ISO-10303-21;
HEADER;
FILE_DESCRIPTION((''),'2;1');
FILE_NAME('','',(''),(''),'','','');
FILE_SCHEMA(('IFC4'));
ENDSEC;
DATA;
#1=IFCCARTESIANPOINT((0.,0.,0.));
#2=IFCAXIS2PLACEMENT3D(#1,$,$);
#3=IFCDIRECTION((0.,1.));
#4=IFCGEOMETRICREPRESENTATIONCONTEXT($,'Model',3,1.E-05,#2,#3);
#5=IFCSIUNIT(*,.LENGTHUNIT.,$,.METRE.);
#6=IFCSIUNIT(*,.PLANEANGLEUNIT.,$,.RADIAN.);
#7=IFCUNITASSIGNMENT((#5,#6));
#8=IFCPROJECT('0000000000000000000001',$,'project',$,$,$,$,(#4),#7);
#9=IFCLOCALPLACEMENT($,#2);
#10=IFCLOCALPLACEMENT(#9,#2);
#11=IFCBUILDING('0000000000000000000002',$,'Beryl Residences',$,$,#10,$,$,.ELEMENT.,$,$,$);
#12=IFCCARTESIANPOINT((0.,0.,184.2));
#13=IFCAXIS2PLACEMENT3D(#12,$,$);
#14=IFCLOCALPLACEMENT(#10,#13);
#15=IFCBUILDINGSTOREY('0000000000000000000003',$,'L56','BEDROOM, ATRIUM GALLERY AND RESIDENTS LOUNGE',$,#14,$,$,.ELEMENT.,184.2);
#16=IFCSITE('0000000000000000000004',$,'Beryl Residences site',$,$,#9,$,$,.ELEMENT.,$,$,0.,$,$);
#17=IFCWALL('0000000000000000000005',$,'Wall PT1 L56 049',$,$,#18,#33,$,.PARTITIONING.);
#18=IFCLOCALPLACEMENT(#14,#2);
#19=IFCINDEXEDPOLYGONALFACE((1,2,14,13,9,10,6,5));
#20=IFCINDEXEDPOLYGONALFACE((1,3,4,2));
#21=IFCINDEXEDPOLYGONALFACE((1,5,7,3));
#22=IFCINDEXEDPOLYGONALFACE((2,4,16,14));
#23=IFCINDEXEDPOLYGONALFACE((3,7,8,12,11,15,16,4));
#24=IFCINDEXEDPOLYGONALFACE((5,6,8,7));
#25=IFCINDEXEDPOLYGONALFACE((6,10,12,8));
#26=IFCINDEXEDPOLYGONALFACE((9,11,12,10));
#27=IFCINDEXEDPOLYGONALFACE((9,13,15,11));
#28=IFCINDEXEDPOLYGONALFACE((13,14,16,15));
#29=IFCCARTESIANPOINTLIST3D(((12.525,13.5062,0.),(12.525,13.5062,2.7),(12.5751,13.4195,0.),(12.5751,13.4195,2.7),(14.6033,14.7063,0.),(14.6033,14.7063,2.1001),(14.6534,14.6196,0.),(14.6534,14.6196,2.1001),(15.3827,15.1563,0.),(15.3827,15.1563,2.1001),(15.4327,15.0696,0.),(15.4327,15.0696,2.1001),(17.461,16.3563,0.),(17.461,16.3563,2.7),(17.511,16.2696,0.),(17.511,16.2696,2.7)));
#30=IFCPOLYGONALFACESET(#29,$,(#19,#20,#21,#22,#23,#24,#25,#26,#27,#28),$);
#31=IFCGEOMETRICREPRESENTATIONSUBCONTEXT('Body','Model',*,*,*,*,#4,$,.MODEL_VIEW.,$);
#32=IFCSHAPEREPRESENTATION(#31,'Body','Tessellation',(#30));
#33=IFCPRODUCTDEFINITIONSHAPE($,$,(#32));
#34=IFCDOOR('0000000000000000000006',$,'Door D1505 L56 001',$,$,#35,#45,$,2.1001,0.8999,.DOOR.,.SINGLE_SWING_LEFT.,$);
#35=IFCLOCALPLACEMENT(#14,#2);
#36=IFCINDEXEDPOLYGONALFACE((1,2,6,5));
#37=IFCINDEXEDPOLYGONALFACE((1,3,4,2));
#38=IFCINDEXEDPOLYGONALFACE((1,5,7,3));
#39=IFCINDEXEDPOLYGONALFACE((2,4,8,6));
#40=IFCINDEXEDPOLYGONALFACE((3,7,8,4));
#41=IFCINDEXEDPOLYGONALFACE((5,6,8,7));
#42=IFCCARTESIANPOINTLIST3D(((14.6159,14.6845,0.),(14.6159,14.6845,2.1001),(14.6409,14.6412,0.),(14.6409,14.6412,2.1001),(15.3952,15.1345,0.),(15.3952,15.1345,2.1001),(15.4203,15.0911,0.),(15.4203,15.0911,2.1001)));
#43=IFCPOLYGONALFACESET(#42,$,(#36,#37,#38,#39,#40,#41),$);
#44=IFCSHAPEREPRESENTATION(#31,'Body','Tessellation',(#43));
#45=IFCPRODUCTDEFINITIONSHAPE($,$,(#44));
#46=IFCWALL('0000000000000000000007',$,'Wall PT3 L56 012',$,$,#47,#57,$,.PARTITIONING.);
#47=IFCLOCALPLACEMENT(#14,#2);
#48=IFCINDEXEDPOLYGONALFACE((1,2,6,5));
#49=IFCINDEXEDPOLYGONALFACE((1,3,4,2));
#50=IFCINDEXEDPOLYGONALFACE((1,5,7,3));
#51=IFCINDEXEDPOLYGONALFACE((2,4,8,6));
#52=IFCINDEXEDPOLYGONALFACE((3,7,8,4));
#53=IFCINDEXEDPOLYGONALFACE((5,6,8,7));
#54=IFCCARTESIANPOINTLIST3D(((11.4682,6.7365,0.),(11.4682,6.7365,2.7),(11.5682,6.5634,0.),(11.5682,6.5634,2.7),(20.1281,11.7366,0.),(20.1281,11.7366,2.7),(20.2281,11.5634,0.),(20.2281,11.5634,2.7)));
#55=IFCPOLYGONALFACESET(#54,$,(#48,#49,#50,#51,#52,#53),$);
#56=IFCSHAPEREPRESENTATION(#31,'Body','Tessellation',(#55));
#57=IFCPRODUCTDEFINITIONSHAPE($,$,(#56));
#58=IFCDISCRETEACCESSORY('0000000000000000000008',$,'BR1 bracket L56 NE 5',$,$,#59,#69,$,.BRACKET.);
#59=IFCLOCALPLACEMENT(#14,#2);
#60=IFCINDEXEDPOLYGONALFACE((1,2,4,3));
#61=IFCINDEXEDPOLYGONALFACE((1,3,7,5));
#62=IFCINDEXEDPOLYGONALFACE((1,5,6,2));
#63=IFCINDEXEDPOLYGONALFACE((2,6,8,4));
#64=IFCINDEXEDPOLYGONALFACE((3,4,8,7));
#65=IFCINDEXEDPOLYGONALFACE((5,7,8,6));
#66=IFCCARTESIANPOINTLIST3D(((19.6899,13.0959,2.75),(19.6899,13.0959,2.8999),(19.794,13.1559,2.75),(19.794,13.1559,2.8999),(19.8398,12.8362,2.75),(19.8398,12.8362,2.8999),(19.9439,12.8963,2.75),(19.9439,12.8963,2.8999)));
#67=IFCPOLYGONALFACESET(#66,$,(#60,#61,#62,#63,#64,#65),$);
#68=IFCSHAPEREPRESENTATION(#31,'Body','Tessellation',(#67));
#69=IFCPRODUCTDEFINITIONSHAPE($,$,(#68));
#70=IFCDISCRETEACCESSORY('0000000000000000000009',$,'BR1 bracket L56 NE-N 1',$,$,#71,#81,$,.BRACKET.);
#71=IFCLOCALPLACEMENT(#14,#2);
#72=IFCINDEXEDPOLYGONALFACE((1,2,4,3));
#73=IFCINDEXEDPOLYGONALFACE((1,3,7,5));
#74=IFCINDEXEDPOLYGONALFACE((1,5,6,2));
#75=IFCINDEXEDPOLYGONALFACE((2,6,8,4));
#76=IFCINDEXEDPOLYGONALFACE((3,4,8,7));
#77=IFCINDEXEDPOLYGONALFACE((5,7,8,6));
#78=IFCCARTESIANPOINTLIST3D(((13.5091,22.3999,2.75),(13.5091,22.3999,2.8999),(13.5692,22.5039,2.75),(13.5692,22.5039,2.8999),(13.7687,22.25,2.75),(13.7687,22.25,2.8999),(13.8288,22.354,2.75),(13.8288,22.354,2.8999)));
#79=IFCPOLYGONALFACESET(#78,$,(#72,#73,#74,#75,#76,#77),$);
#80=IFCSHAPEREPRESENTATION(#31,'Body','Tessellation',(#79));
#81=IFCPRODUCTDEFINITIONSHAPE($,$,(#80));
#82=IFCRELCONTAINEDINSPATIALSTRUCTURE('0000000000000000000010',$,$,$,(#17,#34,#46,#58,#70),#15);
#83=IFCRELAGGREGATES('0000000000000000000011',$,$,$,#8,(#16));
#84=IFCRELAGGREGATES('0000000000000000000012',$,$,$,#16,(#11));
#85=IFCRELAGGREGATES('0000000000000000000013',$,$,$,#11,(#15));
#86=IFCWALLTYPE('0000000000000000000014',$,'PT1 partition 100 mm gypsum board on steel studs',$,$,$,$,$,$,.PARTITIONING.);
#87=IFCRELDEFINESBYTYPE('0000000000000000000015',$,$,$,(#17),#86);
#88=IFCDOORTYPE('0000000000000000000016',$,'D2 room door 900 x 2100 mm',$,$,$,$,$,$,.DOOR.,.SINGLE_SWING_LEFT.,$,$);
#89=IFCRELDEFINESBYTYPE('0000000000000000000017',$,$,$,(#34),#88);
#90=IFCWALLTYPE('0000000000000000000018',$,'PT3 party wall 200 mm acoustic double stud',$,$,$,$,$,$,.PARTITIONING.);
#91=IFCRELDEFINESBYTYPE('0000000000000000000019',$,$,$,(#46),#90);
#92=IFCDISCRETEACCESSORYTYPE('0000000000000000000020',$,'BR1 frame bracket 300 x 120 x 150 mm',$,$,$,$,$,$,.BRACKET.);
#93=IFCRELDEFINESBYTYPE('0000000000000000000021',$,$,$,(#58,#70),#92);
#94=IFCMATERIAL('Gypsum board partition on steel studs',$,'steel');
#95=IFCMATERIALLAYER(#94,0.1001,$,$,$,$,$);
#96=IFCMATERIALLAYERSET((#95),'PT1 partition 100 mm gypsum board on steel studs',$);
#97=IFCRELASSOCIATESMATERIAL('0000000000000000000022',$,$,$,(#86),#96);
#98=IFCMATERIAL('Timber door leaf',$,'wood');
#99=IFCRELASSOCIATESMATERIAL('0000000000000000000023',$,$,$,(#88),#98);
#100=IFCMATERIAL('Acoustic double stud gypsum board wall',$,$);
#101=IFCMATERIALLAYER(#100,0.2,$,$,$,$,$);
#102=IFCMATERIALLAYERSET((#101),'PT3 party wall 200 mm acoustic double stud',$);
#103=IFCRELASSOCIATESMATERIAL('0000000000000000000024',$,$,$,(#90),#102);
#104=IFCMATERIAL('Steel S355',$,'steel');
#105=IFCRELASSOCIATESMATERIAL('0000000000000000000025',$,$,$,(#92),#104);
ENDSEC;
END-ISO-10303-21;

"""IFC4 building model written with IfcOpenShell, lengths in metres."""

from ifc_helpers import new_model, si_unit, direction, frame, frame_2d, origin, place, context, subcontext, project, spatial, polyline, rectangle, outline, extrude, source, transform, mapped, material, layer, layer_set, type_object, type_shapes, element, fill, save


model = new_model("IFC4")

# Units and contexts
model_context = context("Model", 3, precision=1e-05, world=origin(), true_north=direction((0.0, 1.0)))
body_context = subcontext(model_context, "Body", "Model", "MODEL_VIEW")
ifc_project = project(units=[si_unit("LENGTHUNIT", "METRE"), si_unit("PLANEANGLEUNIT", "RADIAN")], contexts=[model_context])

# Site, building, storey
site_placement = place(None, origin())
site = spatial("IfcSite", under=ifc_project, at=site_placement, Name="Beryl Residences site", CompositionType="ELEMENT", RefElevation=0.0)
building_placement = place(site_placement, origin())
building = spatial("IfcBuilding", under=site, at=building_placement, Name="Beryl Residences", CompositionType="ELEMENT")
storey_placement = place(building_placement, frame((0.0, 0.0, 184.2)))
storey = spatial("IfcBuildingStorey", under=building, at=storey_placement, Name="L56", Description="BEDROOM, ATRIUM GALLERY AND RESIDENTS LOUNGE", CompositionType="ELEMENT", Elevation=184.2)

# Shared definitions
ifc_material_1 = material(Name="Gypsum board partition on steel studs", Category="steel")
ifc_layer_1 = layer(ifc_material_1, 0.1001)
ifc_layer_set_1 = layer_set([ifc_layer_1], Name="PT1 partition 100 mm gypsum board on steel studs")
wall_type_1 = type_object("IfcWallType", Name="PT1 partition 100 mm gypsum board on steel studs", PredefinedType="PARTITIONING", material=ifc_layer_set_1)

# Wall, opening, door
wall_1_placement = place(storey_placement, frame((12.55, 13.4629, 0.0), z_axis=(0.0, 0.0, 1.0), x_axis=(0.866004, 0.500036, 0.0)))
wall_1 = element("IfcWall", 1, at=wall_1_placement, inside=storey, type_object=wall_type_1, Name="Wall PT1 L56 049", PredefinedType="PARTITIONING", context=body_context, shape_type="SweptSolid", body=[
    extrude(rectangle(XDim=5.6997, YDim=0.1001, at=frame_2d((2.8499, 0.0))), origin(), (0.0, 0.0, 1.0), 2.7),
])
opening_1_placement = place(wall_1_placement, frame((2.3999, 0.0, 0.0)))
opening_1 = element("IfcOpeningElement", 2, at=opening_1_placement, cuts=wall_1, PredefinedType="OPENING", context=body_context, shape_type="SweptSolid", body=[
    extrude(rectangle(XDim=0.8999, YDim=2.1001, at=frame_2d((0.45, 1.05))), frame((0.0, 0.0601, 0.0), z_axis=(0.0, -1.0, 0.0), x_axis=(1.0, 0.0, 0.0)), (0.0, 0.0, 1.0), 0.1201),
])
ifc_material_2 = material(Name="Timber door leaf", Category="wood")
door_type = type_object("IfcDoorType", Name="D2 room door 900 x 2100 mm", OperationType="SINGLE_SWING_LEFT", PredefinedType="DOOR", material=ifc_material_2)
door_placement = place(opening_1_placement, origin())
door = element("IfcDoor", 3, at=door_placement, inside=storey, type_object=door_type, Name="Door D1505 L56 001", OperationType="SINGLE_SWING_LEFT", OverallHeight=2.1001, OverallWidth=0.8999, PredefinedType="DOOR", context=body_context, shape_type="SweptSolid", body=[
    extrude(rectangle(XDim=0.8999, YDim=2.1001, at=frame_2d((0.45, 1.05))), frame((0.0, 0.0249, 0.0), z_axis=(0.0, -1.0, 0.0), x_axis=(1.0, 0.0, 0.0)), (0.0, 0.0, 1.0), 0.05),
])
fill(opening_1, door)

# Wall
ifc_material_3 = material(Name="Acoustic double stud gypsum board wall")
ifc_layer_2 = layer(ifc_material_3, 0.2)
ifc_layer_set_2 = layer_set([ifc_layer_2], Name="PT3 party wall 200 mm acoustic double stud")
wall_type_2 = type_object("IfcWallType", Name="PT3 party wall 200 mm acoustic double stud", PredefinedType="PARTITIONING", material=ifc_layer_set_2)
wall_2_placement = place(storey_placement, frame((11.5181, 6.6499, 0.0), z_axis=(0.0, 0.0, 1.0), x_axis=(0.866017, 0.500015, 0.0)))
element("IfcWall", 4, at=wall_2_placement, inside=storey, type_object=wall_type_2, Name="Wall PT3 L56 012", PredefinedType="PARTITIONING", context=body_context, shape_type="SweptSolid", body=[
    extrude(rectangle(XDim=9.9998, YDim=0.2, at=frame_2d((5.0, 0.0))), origin(), (0.0, 0.0, 1.0), 2.7),
])

# Discrete accessories
ifc_material_4 = material(Name="Steel S355", Category="steel")
discrete_accessory_type = type_object("IfcDiscreteAccessoryType", Name="BR1 frame bracket 300 x 120 x 150 mm", PredefinedType="BRACKET", material=ifc_material_4)
shared_shape_1 = source(origin(), body_context, "Body", "SweptSolid", [
    extrude(outline(polyline([(-0.1499, 0.0), (0.1499, 0.0), (0.1499, 0.1201), (-0.1499, 0.1201), (-0.1499, 0.0)])), origin(), (0.0, 0.0, 1.0), 0.1499),
])
type_shapes(discrete_accessory_type, [shared_shape_1])
for number, where, z_axis, x_axis, name in (
    (5, (19.7649, 12.9661, 2.75), (0.0, 0.0, 1.0), (0.5, -0.866025, 0.0), "BR1 bracket L56 NE 5"),
    (6, (13.6389, 22.325, 2.75), (0.0, 0.0, 1.0), (0.866025, -0.5, 0.0), "BR1 bracket L56 NE-N 1"),
):
    element("IfcDiscreteAccessory", number, at=place(storey_placement, frame(where, z_axis=z_axis, x_axis=x_axis)), inside=storey, type_object=discrete_accessory_type, Name=name, PredefinedType="BRACKET", context=body_context, shape_type="MappedRepresentation", body=[
        mapped(shared_shape_1, transform((0.0, 0.0, 0.0))),
    ])

save(model, "model.ifc")
